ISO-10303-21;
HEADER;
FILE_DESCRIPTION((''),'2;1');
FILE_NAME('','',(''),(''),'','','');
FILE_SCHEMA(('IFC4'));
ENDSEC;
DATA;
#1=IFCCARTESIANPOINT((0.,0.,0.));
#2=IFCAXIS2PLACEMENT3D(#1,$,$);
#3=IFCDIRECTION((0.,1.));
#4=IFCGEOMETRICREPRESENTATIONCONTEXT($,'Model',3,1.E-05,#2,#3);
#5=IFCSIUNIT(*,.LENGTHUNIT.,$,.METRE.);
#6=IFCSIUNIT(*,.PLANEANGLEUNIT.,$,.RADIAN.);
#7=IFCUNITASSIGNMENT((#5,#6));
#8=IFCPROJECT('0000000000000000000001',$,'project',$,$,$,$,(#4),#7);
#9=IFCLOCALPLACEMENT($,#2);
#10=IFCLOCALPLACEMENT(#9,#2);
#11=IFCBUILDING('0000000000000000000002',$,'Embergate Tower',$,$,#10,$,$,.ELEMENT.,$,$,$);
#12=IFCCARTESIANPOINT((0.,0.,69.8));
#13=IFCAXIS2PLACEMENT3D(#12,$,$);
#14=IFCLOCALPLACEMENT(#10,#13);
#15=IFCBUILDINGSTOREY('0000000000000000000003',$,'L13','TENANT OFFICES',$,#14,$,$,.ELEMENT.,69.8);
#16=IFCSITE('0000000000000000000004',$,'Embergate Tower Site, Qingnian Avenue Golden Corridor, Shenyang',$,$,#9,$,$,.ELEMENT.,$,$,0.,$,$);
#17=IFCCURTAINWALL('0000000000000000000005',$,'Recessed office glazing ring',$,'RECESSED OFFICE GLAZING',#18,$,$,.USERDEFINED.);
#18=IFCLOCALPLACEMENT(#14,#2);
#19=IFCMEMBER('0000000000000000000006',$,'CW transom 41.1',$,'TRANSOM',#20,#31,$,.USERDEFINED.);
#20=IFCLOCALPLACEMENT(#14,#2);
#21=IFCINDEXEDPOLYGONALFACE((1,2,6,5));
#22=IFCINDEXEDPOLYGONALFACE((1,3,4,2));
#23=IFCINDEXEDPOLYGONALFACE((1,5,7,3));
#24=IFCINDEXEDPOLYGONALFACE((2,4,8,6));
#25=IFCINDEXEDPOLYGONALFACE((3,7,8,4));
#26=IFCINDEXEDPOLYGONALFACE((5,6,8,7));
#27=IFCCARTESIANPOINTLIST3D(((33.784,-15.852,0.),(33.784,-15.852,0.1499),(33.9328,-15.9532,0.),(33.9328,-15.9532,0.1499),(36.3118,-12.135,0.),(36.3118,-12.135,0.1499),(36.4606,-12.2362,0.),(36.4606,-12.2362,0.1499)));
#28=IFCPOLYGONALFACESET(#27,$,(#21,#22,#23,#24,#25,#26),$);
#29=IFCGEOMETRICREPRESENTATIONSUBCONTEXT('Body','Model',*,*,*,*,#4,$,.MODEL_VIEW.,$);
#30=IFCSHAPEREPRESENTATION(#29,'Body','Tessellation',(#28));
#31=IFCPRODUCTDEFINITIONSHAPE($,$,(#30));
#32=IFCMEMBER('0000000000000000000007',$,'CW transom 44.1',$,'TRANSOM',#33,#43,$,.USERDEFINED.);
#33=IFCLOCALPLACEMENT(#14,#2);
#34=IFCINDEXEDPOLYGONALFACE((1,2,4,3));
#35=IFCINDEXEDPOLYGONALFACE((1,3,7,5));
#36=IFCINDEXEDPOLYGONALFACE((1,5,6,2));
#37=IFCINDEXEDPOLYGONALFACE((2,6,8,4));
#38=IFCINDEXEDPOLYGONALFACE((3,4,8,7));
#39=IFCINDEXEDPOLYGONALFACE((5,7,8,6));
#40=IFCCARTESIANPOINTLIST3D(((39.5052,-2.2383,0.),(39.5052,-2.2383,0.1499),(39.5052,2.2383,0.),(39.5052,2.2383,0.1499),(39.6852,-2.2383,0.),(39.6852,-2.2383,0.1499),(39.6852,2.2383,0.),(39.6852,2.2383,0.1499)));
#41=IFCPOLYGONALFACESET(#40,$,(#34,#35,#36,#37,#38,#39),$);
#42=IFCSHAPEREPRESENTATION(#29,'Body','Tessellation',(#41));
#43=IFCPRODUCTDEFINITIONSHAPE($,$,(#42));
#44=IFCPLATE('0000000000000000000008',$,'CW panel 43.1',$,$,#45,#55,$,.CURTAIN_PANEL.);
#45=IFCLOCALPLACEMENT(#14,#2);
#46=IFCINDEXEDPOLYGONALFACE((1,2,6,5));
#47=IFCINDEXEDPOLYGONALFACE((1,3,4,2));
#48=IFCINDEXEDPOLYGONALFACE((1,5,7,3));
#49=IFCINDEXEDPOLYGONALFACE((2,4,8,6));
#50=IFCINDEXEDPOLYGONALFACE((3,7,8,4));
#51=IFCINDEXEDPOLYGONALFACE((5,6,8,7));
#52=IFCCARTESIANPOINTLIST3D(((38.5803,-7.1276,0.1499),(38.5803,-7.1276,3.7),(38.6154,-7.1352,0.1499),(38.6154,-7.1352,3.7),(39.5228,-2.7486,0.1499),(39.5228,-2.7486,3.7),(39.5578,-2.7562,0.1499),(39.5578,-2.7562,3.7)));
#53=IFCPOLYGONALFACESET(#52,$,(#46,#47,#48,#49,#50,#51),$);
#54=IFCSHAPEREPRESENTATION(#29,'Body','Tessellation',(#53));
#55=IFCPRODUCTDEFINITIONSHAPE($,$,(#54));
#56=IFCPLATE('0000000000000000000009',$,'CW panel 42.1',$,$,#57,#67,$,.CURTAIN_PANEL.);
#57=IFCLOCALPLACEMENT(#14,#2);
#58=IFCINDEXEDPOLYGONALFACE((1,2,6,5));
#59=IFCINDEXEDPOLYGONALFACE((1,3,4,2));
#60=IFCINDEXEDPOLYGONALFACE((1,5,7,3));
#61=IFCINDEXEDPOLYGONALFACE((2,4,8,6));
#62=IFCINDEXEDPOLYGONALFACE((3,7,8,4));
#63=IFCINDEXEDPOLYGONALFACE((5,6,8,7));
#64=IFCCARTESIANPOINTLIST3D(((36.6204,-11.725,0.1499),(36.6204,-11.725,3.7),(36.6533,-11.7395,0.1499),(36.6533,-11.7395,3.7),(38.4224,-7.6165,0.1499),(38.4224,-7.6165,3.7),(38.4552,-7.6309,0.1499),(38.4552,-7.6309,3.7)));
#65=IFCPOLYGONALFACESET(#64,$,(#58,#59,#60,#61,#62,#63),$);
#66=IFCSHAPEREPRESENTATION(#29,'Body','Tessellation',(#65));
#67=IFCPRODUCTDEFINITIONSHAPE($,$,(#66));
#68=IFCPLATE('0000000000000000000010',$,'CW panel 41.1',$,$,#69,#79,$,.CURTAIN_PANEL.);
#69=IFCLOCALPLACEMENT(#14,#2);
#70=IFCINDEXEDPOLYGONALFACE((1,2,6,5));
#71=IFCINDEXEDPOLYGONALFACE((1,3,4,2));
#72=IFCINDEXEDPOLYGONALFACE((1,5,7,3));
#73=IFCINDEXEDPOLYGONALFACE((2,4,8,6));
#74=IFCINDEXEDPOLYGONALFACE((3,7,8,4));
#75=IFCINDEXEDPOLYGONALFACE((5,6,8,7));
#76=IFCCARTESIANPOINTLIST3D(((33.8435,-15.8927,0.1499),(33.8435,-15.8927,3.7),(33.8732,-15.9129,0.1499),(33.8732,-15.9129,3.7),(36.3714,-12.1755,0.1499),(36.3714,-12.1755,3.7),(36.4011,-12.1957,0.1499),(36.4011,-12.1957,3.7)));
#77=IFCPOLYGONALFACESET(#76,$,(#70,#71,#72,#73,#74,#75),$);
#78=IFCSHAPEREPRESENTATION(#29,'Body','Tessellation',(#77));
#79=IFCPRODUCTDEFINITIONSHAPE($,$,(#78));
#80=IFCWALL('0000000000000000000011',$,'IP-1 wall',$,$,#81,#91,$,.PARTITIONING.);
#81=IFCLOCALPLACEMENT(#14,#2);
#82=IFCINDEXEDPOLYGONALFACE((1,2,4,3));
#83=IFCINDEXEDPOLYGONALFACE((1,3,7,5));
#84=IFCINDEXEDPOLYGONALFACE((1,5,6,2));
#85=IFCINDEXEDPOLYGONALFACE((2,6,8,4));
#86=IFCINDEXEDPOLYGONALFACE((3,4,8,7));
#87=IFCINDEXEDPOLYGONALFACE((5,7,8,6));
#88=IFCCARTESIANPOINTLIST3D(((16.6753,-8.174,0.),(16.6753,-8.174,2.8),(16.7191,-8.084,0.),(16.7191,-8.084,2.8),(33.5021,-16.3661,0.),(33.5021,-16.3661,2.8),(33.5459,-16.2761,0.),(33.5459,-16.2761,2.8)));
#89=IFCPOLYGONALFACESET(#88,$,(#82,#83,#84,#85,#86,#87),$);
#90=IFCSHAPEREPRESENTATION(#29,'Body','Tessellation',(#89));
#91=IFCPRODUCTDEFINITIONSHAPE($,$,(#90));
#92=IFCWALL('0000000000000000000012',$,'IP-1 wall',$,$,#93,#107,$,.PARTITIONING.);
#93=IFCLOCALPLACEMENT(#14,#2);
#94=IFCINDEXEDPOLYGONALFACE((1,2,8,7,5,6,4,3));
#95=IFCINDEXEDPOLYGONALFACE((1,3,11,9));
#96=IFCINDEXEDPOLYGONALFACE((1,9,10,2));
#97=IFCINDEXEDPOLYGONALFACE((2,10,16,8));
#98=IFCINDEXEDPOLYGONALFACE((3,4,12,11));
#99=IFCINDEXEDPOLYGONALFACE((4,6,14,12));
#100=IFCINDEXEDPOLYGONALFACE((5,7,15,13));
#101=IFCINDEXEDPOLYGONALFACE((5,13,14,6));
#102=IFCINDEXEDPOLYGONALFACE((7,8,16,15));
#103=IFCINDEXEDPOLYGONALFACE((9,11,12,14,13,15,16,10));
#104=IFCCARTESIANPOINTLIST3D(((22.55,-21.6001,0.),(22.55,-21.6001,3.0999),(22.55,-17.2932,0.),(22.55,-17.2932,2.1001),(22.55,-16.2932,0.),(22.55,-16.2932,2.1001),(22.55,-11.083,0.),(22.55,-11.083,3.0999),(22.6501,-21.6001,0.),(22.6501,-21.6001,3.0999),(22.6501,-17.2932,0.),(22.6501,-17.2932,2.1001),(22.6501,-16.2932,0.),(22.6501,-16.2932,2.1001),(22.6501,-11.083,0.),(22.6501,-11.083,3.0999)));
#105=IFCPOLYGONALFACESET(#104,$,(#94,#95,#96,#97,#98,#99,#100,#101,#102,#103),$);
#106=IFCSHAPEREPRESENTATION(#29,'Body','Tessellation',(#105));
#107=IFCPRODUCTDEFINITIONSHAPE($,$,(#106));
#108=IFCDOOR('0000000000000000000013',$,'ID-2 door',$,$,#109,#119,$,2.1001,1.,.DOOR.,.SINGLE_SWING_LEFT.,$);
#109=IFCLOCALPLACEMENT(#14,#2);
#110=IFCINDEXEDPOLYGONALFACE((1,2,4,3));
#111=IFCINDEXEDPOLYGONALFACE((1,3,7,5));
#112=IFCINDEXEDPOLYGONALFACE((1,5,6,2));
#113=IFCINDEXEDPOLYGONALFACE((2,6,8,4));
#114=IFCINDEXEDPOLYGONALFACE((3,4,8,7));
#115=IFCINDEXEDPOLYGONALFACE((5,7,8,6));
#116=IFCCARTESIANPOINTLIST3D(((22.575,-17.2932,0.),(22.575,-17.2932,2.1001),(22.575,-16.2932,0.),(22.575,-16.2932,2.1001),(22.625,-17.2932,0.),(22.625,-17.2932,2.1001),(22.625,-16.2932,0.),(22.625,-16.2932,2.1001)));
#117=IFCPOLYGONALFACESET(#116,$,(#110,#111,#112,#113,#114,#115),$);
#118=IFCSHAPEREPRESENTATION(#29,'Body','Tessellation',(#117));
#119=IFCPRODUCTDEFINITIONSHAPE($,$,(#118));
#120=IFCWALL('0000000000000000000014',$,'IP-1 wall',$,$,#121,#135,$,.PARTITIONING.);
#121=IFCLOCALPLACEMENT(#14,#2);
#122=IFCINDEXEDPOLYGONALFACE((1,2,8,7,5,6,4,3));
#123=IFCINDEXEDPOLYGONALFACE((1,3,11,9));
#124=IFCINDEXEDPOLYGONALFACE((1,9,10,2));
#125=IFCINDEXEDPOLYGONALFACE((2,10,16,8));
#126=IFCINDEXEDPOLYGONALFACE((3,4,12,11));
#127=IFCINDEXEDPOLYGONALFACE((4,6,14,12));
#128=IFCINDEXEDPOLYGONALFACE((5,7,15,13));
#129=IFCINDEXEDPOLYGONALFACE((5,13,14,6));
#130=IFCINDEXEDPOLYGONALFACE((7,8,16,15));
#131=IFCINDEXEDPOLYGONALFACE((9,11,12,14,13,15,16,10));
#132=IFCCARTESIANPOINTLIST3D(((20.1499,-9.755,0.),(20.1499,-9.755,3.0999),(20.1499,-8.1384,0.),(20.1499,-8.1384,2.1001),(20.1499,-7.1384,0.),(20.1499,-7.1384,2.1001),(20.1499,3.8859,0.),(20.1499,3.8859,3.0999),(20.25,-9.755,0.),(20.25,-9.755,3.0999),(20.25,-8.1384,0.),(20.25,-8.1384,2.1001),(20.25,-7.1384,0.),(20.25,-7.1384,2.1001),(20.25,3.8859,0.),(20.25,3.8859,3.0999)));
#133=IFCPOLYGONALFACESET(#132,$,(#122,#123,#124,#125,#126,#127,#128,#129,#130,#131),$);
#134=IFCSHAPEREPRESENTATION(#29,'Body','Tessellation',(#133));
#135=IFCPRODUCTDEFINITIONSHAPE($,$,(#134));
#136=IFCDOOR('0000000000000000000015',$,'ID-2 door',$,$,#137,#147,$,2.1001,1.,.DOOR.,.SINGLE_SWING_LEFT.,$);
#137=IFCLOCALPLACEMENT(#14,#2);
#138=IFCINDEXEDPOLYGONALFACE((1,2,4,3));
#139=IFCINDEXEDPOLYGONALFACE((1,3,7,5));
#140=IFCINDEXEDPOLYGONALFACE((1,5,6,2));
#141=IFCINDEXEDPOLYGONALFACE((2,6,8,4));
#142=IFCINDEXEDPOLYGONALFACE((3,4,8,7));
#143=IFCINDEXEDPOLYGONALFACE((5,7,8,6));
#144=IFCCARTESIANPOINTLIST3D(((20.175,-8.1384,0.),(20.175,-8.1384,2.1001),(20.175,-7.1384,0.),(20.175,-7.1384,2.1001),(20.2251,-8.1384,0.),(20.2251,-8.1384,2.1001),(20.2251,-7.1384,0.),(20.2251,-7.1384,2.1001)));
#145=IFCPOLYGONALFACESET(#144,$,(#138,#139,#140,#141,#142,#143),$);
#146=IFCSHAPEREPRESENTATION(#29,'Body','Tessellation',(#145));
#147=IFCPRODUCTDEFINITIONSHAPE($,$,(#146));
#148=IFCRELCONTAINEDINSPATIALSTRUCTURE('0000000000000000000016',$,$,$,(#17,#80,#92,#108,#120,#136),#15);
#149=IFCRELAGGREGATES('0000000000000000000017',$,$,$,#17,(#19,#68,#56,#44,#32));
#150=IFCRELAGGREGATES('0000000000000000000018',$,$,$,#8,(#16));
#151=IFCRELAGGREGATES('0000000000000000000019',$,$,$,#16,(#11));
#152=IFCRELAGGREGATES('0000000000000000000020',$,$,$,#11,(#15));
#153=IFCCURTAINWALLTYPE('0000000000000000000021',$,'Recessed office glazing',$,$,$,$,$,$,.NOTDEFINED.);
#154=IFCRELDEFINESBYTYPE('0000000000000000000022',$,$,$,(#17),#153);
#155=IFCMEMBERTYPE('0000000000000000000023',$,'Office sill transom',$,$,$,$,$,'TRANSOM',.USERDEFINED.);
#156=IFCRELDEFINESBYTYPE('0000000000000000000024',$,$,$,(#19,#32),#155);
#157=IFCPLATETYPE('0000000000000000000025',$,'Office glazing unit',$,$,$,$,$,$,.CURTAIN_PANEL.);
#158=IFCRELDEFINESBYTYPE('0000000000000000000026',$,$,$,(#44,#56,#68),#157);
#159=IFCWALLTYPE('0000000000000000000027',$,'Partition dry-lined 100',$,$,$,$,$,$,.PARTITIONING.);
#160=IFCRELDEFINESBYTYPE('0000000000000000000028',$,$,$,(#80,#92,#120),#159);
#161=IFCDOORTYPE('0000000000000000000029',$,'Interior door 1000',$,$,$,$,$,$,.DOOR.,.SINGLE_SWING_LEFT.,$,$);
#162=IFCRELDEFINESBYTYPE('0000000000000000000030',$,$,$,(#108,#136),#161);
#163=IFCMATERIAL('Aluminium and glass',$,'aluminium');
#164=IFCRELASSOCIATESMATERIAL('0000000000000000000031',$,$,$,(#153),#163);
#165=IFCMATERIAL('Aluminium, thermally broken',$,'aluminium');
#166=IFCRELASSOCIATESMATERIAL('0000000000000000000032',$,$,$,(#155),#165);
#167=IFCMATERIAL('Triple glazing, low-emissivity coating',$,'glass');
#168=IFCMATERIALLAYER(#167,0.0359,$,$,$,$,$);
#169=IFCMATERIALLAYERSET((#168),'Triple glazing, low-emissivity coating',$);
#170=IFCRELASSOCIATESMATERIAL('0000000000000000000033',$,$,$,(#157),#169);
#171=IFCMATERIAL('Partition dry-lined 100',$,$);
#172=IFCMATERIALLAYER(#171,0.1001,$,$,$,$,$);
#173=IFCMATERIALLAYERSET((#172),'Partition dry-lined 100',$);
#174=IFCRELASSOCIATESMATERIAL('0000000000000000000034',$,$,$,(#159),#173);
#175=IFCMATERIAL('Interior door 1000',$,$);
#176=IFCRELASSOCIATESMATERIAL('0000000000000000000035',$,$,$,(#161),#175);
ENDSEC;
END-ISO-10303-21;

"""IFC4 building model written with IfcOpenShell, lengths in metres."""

from ifc_helpers import new_model, si_unit, direction, frame, frame_2d, origin, origin_2d, place, context, subcontext, project, spatial, rectangle, extrude, source, transform, mapped, material, layer, layer_set, material_profile, profile_set, type_object, element, fill, aggregate, save


model = new_model("IFC4")

# Units and contexts
model_context = context("Model", 3, precision=1e-05, world=origin(), true_north=direction((0.0, 1.0)))
body_context = subcontext(model_context, "Body", "Model", "MODEL_VIEW")
ifc_project = project(units=[si_unit("LENGTHUNIT", "METRE"), si_unit("PLANEANGLEUNIT", "RADIAN")], contexts=[model_context])

# Site, building, storey
site_placement = place(None, origin())
site = spatial("IfcSite", under=ifc_project, at=site_placement, Name="Embergate Tower Site, Qingnian Avenue Golden Corridor, Shenyang", CompositionType="ELEMENT", RefElevation=0.0)
building_placement = place(site_placement, origin())
building = spatial("IfcBuilding", under=site, at=building_placement, Name="Embergate Tower", CompositionType="ELEMENT")
storey_placement = place(building_placement, frame((0.0, 0.0, 69.8)))
storey = spatial("IfcBuildingStorey", under=building, at=storey_placement, Name="L13", Description="TENANT OFFICES", CompositionType="ELEMENT", Elevation=69.8)

# Curtain wall, members, plates
ifc_material_1 = material(Name="Aluminium and glass", Category="aluminium")
curtain_wall_type = type_object("IfcCurtainWallType", Name="Recessed office glazing", PredefinedType="NOTDEFINED", material=ifc_material_1)
curtain_wall_placement = place(storey_placement, origin())
curtain_wall = element("IfcCurtainWall", 1, at=curtain_wall_placement, inside=storey, type_object=curtain_wall_type, Name="Recessed office glazing ring", ObjectType="RECESSED OFFICE GLAZING", PredefinedType="USERDEFINED")
ifc_material_2 = material(Name="Aluminium, thermally broken", Category="aluminium")
ifc_material_profile_1 = material_profile(ifc_material_2, rectangle(XDim=0.1799, YDim=0.1499, at=origin_2d()), Name="AL 150x180")
ifc_profile_set_1 = profile_set([ifc_material_profile_1], Name="Aluminium, thermally broken")
member_type_1 = type_object("IfcMemberType", Name="Office sill transom", ElementType="TRANSOM", PredefinedType="USERDEFINED", material=ifc_profile_set_1)
shared_shape_1 = source(origin(), body_context, "Body", "SweptSolid", [
    extrude(rectangle(XDim=0.1799, YDim=0.1499, at=origin_2d()), origin(), (0.0, 0.0, 1.0), 4.4951),
])
member_1_placement = place(storey_placement, frame((33.8584, -15.9026, 0.075), z_axis=(0.562347, 0.826901, 0.0), x_axis=(-0.826901, 0.562347, 0.0)))
member_1 = element("IfcMember", 2, at=member_1_placement, type_object=member_type_1, Name="CW transom 41.1", ObjectType="TRANSOM", PredefinedType="USERDEFINED", context=body_context, shape_type="MappedRepresentation", body=[
    mapped(shared_shape_1, transform((0.0, 0.0, 0.0))),
])
shared_shape_2 = source(origin(), body_context, "Body", "SweptSolid", [
    extrude(rectangle(XDim=0.1799, YDim=0.1499, at=origin_2d()), origin(), (0.0, 0.0, 1.0), 4.4766),
])
member_2_placement = place(storey_placement, frame((39.5952, -2.2383, 0.075), z_axis=(0.0, 1.0, 0.0), x_axis=(-1.0, 0.0, 0.0)))
member_2 = element("IfcMember", 3, at=member_2_placement, type_object=member_type_1, Name="CW transom 44.1", ObjectType="TRANSOM", PredefinedType="USERDEFINED", context=body_context, shape_type="MappedRepresentation", body=[
    mapped(shared_shape_2, transform((0.0, 0.0, 0.0))),
])
ifc_material_3 = material(Name="Triple glazing, low-emissivity coating", Category="glass")
ifc_layer_1 = layer(ifc_material_3, 0.0359)
ifc_layer_set_1 = layer_set([ifc_layer_1], Name="Triple glazing, low-emissivity coating")
plate_type = type_object("IfcPlateType", Name="Office glazing unit", PredefinedType="CURTAIN_PANEL", material=ifc_layer_set_1)
shared_shape_3 = source(origin(), body_context, "Body", "SweptSolid", [
    extrude(rectangle(XDim=4.4792, YDim=0.0359, at=origin_2d()), origin(), (0.0, 0.0, 1.0), 3.55),
])
plate_1_placement = place(storey_placement, frame((39.0691, -4.9419, 0.1499), z_axis=(0.0, 0.0, 1.0), x_axis=(0.210395, 0.977616, 0.0)))
plate_1 = element("IfcPlate", 4, at=plate_1_placement, type_object=plate_type, Name="CW panel 43.1", PredefinedType="CURTAIN_PANEL", context=body_context, shape_type="MappedRepresentation", body=[
    mapped(shared_shape_3, transform((0.0, 0.0, 0.0))),
])
shared_shape_4 = source(origin(), body_context, "Body", "SweptSolid", [
    extrude(rectangle(XDim=4.4863, YDim=0.0359, at=origin_2d()), origin(), (0.0, 0.0, 1.0), 3.55),
])
plate_2_placement = place(storey_placement, frame((37.5378, -9.678, 0.1499), z_axis=(0.0, 0.0, 1.0), x_axis=(0.401647, 0.915794, 0.0)))
plate_2 = element("IfcPlate", 5, at=plate_2_placement, type_object=plate_type, Name="CW panel 42.1", PredefinedType="CURTAIN_PANEL", context=body_context, shape_type="MappedRepresentation", body=[
    mapped(shared_shape_4, transform((0.0, 0.0, 0.0))),
])
shared_shape_5 = source(origin(), body_context, "Body", "SweptSolid", [
    extrude(rectangle(XDim=4.4954, YDim=0.0359, at=origin_2d()), origin(), (0.0, 0.0, 1.0), 3.55),
])
plate_3_placement = place(storey_placement, frame((35.1223, -14.0442, 0.1499), z_axis=(0.0, 0.0, 1.0), x_axis=(0.562337, 0.826908, 0.0)))
plate_3 = element("IfcPlate", 6, at=plate_3_placement, type_object=plate_type, Name="CW panel 41.1", PredefinedType="CURTAIN_PANEL", context=body_context, shape_type="MappedRepresentation", body=[
    mapped(shared_shape_5, transform((0.0, 0.0, 0.0))),
])
aggregate(curtain_wall, [member_1, plate_3, plate_2, plate_1, member_2])

# Wall
ifc_material_4 = material(Name="Partition dry-lined 100")
ifc_layer_2 = layer(ifc_material_4, 0.1001)
ifc_layer_set_2 = layer_set([ifc_layer_2], Name="Partition dry-lined 100")
wall_type = type_object("IfcWallType", Name="Partition dry-lined 100", PredefinedType="PARTITIONING", material=ifc_layer_set_2)
shared_shape_6 = source(origin(), body_context, "Body", "SweptSolid", [
    extrude(rectangle(XDim=18.7151, YDim=0.1001, at=frame_2d((9.3574, 0.0))), origin(), (0.0, 0.0, 1.0), 2.8),
])
wall_1_placement = place(storey_placement, frame((33.5239, -16.321, 0.0), z_axis=(0.0, 0.0, 1.0), x_axis=(-0.899107, 0.437728, 0.0)))
element("IfcWall", 7, at=wall_1_placement, inside=storey, type_object=wall_type, Name="IP-1 wall", PredefinedType="PARTITIONING", context=body_context, shape_type="MappedRepresentation", body=[
    mapped(shared_shape_6, transform((0.0, 0.0, 0.0))),
])

# Walls, openings, doors
shared_shape_7 = source(origin(), body_context, "Body", "SweptSolid", [
    extrude(rectangle(XDim=10.5171, YDim=0.1001, at=frame_2d((5.2585, 0.0))), origin(), (0.0, 0.0, 1.0), 3.0999),
])
wall_2_placement = place(storey_placement, frame((22.6001, -11.083, 0.0), z_axis=(0.0, 0.0, 1.0), x_axis=(0.0, -1.0, 0.0)))
wall_2 = element("IfcWall", 8, at=wall_2_placement, inside=storey, type_object=wall_type, Name="IP-1 wall", PredefinedType="PARTITIONING", context=body_context, shape_type="MappedRepresentation", body=[
    mapped(shared_shape_7, transform((0.0, 0.0, 0.0))),
])
shared_shape_8 = source(origin(), body_context, "Body", "SweptSolid", [
    extrude(rectangle(XDim=1.0, YDim=2.1001, at=frame_2d((0.5, 1.05))), frame((0.0, 0.0601, 0.0), z_axis=(0.0, -1.0, 0.0), x_axis=(1.0, 0.0, 0.0)), (0.0, 0.0, 1.0), 0.1201),
])
opening_1_placement = place(wall_2_placement, frame((5.2102, 0.0, 0.0)))
opening_1 = element("IfcOpeningElement", 9, at=opening_1_placement, cuts=wall_2, PredefinedType="OPENING", context=body_context, shape_type="MappedRepresentation", body=[
    mapped(shared_shape_8, transform((0.0, 0.0, 0.0))),
])
ifc_material_5 = material(Name="Interior door 1000")
door_type = type_object("IfcDoorType", Name="Interior door 1000", OperationType="SINGLE_SWING_LEFT", PredefinedType="DOOR", material=ifc_material_5)
shared_shape_9 = source(origin(), body_context, "Body", "SweptSolid", [
    extrude(rectangle(XDim=1.0, YDim=2.1001, at=frame_2d((0.5, 1.05))), frame((0.0, 0.0249, 0.0), z_axis=(0.0, -1.0, 0.0), x_axis=(1.0, 0.0, 0.0)), (0.0, 0.0, 1.0), 0.05),
])
door_1_placement = place(opening_1_placement, origin())
door_1 = element("IfcDoor", 10, at=door_1_placement, inside=storey, type_object=door_type, Name="ID-2 door", OperationType="SINGLE_SWING_LEFT", OverallHeight=2.1001, OverallWidth=1.0, PredefinedType="DOOR", context=body_context, shape_type="MappedRepresentation", body=[
    mapped(shared_shape_9, transform((0.0, 0.0, 0.0))),
])
fill(opening_1, door_1)
shared_shape_10 = source(origin(), body_context, "Body", "SweptSolid", [
    extrude(rectangle(XDim=13.6409, YDim=0.1001, at=frame_2d((6.8203, 0.0))), origin(), (0.0, 0.0, 1.0), 3.0999),
])
wall_3_placement = place(storey_placement, frame((20.2, -9.7549, 0.0), z_axis=(0.0, 0.0, 1.0), x_axis=(0.0, 1.0, 0.0)))
wall_3 = element("IfcWall", 11, at=wall_3_placement, inside=storey, type_object=wall_type, Name="IP-1 wall", PredefinedType="PARTITIONING", context=body_context, shape_type="MappedRepresentation", body=[
    mapped(shared_shape_10, transform((0.0, 0.0, 0.0))),
])
opening_2_placement = place(wall_3_placement, frame((1.6165, 0.0, 0.0)))
opening_2 = element("IfcOpeningElement", 12, at=opening_2_placement, cuts=wall_3, PredefinedType="OPENING", context=body_context, shape_type="MappedRepresentation", body=[
    mapped(shared_shape_8, transform((0.0, 0.0, 0.0))),
])
door_2_placement = place(opening_2_placement, origin())
door_2 = element("IfcDoor", 13, at=door_2_placement, inside=storey, type_object=door_type, Name="ID-2 door", OperationType="SINGLE_SWING_LEFT", OverallHeight=2.1001, OverallWidth=1.0, PredefinedType="DOOR", context=body_context, shape_type="MappedRepresentation", body=[
    mapped(shared_shape_9, transform((0.0, 0.0, 0.0))),
])
fill(opening_2, door_2)

save(model, "model.ifc")
